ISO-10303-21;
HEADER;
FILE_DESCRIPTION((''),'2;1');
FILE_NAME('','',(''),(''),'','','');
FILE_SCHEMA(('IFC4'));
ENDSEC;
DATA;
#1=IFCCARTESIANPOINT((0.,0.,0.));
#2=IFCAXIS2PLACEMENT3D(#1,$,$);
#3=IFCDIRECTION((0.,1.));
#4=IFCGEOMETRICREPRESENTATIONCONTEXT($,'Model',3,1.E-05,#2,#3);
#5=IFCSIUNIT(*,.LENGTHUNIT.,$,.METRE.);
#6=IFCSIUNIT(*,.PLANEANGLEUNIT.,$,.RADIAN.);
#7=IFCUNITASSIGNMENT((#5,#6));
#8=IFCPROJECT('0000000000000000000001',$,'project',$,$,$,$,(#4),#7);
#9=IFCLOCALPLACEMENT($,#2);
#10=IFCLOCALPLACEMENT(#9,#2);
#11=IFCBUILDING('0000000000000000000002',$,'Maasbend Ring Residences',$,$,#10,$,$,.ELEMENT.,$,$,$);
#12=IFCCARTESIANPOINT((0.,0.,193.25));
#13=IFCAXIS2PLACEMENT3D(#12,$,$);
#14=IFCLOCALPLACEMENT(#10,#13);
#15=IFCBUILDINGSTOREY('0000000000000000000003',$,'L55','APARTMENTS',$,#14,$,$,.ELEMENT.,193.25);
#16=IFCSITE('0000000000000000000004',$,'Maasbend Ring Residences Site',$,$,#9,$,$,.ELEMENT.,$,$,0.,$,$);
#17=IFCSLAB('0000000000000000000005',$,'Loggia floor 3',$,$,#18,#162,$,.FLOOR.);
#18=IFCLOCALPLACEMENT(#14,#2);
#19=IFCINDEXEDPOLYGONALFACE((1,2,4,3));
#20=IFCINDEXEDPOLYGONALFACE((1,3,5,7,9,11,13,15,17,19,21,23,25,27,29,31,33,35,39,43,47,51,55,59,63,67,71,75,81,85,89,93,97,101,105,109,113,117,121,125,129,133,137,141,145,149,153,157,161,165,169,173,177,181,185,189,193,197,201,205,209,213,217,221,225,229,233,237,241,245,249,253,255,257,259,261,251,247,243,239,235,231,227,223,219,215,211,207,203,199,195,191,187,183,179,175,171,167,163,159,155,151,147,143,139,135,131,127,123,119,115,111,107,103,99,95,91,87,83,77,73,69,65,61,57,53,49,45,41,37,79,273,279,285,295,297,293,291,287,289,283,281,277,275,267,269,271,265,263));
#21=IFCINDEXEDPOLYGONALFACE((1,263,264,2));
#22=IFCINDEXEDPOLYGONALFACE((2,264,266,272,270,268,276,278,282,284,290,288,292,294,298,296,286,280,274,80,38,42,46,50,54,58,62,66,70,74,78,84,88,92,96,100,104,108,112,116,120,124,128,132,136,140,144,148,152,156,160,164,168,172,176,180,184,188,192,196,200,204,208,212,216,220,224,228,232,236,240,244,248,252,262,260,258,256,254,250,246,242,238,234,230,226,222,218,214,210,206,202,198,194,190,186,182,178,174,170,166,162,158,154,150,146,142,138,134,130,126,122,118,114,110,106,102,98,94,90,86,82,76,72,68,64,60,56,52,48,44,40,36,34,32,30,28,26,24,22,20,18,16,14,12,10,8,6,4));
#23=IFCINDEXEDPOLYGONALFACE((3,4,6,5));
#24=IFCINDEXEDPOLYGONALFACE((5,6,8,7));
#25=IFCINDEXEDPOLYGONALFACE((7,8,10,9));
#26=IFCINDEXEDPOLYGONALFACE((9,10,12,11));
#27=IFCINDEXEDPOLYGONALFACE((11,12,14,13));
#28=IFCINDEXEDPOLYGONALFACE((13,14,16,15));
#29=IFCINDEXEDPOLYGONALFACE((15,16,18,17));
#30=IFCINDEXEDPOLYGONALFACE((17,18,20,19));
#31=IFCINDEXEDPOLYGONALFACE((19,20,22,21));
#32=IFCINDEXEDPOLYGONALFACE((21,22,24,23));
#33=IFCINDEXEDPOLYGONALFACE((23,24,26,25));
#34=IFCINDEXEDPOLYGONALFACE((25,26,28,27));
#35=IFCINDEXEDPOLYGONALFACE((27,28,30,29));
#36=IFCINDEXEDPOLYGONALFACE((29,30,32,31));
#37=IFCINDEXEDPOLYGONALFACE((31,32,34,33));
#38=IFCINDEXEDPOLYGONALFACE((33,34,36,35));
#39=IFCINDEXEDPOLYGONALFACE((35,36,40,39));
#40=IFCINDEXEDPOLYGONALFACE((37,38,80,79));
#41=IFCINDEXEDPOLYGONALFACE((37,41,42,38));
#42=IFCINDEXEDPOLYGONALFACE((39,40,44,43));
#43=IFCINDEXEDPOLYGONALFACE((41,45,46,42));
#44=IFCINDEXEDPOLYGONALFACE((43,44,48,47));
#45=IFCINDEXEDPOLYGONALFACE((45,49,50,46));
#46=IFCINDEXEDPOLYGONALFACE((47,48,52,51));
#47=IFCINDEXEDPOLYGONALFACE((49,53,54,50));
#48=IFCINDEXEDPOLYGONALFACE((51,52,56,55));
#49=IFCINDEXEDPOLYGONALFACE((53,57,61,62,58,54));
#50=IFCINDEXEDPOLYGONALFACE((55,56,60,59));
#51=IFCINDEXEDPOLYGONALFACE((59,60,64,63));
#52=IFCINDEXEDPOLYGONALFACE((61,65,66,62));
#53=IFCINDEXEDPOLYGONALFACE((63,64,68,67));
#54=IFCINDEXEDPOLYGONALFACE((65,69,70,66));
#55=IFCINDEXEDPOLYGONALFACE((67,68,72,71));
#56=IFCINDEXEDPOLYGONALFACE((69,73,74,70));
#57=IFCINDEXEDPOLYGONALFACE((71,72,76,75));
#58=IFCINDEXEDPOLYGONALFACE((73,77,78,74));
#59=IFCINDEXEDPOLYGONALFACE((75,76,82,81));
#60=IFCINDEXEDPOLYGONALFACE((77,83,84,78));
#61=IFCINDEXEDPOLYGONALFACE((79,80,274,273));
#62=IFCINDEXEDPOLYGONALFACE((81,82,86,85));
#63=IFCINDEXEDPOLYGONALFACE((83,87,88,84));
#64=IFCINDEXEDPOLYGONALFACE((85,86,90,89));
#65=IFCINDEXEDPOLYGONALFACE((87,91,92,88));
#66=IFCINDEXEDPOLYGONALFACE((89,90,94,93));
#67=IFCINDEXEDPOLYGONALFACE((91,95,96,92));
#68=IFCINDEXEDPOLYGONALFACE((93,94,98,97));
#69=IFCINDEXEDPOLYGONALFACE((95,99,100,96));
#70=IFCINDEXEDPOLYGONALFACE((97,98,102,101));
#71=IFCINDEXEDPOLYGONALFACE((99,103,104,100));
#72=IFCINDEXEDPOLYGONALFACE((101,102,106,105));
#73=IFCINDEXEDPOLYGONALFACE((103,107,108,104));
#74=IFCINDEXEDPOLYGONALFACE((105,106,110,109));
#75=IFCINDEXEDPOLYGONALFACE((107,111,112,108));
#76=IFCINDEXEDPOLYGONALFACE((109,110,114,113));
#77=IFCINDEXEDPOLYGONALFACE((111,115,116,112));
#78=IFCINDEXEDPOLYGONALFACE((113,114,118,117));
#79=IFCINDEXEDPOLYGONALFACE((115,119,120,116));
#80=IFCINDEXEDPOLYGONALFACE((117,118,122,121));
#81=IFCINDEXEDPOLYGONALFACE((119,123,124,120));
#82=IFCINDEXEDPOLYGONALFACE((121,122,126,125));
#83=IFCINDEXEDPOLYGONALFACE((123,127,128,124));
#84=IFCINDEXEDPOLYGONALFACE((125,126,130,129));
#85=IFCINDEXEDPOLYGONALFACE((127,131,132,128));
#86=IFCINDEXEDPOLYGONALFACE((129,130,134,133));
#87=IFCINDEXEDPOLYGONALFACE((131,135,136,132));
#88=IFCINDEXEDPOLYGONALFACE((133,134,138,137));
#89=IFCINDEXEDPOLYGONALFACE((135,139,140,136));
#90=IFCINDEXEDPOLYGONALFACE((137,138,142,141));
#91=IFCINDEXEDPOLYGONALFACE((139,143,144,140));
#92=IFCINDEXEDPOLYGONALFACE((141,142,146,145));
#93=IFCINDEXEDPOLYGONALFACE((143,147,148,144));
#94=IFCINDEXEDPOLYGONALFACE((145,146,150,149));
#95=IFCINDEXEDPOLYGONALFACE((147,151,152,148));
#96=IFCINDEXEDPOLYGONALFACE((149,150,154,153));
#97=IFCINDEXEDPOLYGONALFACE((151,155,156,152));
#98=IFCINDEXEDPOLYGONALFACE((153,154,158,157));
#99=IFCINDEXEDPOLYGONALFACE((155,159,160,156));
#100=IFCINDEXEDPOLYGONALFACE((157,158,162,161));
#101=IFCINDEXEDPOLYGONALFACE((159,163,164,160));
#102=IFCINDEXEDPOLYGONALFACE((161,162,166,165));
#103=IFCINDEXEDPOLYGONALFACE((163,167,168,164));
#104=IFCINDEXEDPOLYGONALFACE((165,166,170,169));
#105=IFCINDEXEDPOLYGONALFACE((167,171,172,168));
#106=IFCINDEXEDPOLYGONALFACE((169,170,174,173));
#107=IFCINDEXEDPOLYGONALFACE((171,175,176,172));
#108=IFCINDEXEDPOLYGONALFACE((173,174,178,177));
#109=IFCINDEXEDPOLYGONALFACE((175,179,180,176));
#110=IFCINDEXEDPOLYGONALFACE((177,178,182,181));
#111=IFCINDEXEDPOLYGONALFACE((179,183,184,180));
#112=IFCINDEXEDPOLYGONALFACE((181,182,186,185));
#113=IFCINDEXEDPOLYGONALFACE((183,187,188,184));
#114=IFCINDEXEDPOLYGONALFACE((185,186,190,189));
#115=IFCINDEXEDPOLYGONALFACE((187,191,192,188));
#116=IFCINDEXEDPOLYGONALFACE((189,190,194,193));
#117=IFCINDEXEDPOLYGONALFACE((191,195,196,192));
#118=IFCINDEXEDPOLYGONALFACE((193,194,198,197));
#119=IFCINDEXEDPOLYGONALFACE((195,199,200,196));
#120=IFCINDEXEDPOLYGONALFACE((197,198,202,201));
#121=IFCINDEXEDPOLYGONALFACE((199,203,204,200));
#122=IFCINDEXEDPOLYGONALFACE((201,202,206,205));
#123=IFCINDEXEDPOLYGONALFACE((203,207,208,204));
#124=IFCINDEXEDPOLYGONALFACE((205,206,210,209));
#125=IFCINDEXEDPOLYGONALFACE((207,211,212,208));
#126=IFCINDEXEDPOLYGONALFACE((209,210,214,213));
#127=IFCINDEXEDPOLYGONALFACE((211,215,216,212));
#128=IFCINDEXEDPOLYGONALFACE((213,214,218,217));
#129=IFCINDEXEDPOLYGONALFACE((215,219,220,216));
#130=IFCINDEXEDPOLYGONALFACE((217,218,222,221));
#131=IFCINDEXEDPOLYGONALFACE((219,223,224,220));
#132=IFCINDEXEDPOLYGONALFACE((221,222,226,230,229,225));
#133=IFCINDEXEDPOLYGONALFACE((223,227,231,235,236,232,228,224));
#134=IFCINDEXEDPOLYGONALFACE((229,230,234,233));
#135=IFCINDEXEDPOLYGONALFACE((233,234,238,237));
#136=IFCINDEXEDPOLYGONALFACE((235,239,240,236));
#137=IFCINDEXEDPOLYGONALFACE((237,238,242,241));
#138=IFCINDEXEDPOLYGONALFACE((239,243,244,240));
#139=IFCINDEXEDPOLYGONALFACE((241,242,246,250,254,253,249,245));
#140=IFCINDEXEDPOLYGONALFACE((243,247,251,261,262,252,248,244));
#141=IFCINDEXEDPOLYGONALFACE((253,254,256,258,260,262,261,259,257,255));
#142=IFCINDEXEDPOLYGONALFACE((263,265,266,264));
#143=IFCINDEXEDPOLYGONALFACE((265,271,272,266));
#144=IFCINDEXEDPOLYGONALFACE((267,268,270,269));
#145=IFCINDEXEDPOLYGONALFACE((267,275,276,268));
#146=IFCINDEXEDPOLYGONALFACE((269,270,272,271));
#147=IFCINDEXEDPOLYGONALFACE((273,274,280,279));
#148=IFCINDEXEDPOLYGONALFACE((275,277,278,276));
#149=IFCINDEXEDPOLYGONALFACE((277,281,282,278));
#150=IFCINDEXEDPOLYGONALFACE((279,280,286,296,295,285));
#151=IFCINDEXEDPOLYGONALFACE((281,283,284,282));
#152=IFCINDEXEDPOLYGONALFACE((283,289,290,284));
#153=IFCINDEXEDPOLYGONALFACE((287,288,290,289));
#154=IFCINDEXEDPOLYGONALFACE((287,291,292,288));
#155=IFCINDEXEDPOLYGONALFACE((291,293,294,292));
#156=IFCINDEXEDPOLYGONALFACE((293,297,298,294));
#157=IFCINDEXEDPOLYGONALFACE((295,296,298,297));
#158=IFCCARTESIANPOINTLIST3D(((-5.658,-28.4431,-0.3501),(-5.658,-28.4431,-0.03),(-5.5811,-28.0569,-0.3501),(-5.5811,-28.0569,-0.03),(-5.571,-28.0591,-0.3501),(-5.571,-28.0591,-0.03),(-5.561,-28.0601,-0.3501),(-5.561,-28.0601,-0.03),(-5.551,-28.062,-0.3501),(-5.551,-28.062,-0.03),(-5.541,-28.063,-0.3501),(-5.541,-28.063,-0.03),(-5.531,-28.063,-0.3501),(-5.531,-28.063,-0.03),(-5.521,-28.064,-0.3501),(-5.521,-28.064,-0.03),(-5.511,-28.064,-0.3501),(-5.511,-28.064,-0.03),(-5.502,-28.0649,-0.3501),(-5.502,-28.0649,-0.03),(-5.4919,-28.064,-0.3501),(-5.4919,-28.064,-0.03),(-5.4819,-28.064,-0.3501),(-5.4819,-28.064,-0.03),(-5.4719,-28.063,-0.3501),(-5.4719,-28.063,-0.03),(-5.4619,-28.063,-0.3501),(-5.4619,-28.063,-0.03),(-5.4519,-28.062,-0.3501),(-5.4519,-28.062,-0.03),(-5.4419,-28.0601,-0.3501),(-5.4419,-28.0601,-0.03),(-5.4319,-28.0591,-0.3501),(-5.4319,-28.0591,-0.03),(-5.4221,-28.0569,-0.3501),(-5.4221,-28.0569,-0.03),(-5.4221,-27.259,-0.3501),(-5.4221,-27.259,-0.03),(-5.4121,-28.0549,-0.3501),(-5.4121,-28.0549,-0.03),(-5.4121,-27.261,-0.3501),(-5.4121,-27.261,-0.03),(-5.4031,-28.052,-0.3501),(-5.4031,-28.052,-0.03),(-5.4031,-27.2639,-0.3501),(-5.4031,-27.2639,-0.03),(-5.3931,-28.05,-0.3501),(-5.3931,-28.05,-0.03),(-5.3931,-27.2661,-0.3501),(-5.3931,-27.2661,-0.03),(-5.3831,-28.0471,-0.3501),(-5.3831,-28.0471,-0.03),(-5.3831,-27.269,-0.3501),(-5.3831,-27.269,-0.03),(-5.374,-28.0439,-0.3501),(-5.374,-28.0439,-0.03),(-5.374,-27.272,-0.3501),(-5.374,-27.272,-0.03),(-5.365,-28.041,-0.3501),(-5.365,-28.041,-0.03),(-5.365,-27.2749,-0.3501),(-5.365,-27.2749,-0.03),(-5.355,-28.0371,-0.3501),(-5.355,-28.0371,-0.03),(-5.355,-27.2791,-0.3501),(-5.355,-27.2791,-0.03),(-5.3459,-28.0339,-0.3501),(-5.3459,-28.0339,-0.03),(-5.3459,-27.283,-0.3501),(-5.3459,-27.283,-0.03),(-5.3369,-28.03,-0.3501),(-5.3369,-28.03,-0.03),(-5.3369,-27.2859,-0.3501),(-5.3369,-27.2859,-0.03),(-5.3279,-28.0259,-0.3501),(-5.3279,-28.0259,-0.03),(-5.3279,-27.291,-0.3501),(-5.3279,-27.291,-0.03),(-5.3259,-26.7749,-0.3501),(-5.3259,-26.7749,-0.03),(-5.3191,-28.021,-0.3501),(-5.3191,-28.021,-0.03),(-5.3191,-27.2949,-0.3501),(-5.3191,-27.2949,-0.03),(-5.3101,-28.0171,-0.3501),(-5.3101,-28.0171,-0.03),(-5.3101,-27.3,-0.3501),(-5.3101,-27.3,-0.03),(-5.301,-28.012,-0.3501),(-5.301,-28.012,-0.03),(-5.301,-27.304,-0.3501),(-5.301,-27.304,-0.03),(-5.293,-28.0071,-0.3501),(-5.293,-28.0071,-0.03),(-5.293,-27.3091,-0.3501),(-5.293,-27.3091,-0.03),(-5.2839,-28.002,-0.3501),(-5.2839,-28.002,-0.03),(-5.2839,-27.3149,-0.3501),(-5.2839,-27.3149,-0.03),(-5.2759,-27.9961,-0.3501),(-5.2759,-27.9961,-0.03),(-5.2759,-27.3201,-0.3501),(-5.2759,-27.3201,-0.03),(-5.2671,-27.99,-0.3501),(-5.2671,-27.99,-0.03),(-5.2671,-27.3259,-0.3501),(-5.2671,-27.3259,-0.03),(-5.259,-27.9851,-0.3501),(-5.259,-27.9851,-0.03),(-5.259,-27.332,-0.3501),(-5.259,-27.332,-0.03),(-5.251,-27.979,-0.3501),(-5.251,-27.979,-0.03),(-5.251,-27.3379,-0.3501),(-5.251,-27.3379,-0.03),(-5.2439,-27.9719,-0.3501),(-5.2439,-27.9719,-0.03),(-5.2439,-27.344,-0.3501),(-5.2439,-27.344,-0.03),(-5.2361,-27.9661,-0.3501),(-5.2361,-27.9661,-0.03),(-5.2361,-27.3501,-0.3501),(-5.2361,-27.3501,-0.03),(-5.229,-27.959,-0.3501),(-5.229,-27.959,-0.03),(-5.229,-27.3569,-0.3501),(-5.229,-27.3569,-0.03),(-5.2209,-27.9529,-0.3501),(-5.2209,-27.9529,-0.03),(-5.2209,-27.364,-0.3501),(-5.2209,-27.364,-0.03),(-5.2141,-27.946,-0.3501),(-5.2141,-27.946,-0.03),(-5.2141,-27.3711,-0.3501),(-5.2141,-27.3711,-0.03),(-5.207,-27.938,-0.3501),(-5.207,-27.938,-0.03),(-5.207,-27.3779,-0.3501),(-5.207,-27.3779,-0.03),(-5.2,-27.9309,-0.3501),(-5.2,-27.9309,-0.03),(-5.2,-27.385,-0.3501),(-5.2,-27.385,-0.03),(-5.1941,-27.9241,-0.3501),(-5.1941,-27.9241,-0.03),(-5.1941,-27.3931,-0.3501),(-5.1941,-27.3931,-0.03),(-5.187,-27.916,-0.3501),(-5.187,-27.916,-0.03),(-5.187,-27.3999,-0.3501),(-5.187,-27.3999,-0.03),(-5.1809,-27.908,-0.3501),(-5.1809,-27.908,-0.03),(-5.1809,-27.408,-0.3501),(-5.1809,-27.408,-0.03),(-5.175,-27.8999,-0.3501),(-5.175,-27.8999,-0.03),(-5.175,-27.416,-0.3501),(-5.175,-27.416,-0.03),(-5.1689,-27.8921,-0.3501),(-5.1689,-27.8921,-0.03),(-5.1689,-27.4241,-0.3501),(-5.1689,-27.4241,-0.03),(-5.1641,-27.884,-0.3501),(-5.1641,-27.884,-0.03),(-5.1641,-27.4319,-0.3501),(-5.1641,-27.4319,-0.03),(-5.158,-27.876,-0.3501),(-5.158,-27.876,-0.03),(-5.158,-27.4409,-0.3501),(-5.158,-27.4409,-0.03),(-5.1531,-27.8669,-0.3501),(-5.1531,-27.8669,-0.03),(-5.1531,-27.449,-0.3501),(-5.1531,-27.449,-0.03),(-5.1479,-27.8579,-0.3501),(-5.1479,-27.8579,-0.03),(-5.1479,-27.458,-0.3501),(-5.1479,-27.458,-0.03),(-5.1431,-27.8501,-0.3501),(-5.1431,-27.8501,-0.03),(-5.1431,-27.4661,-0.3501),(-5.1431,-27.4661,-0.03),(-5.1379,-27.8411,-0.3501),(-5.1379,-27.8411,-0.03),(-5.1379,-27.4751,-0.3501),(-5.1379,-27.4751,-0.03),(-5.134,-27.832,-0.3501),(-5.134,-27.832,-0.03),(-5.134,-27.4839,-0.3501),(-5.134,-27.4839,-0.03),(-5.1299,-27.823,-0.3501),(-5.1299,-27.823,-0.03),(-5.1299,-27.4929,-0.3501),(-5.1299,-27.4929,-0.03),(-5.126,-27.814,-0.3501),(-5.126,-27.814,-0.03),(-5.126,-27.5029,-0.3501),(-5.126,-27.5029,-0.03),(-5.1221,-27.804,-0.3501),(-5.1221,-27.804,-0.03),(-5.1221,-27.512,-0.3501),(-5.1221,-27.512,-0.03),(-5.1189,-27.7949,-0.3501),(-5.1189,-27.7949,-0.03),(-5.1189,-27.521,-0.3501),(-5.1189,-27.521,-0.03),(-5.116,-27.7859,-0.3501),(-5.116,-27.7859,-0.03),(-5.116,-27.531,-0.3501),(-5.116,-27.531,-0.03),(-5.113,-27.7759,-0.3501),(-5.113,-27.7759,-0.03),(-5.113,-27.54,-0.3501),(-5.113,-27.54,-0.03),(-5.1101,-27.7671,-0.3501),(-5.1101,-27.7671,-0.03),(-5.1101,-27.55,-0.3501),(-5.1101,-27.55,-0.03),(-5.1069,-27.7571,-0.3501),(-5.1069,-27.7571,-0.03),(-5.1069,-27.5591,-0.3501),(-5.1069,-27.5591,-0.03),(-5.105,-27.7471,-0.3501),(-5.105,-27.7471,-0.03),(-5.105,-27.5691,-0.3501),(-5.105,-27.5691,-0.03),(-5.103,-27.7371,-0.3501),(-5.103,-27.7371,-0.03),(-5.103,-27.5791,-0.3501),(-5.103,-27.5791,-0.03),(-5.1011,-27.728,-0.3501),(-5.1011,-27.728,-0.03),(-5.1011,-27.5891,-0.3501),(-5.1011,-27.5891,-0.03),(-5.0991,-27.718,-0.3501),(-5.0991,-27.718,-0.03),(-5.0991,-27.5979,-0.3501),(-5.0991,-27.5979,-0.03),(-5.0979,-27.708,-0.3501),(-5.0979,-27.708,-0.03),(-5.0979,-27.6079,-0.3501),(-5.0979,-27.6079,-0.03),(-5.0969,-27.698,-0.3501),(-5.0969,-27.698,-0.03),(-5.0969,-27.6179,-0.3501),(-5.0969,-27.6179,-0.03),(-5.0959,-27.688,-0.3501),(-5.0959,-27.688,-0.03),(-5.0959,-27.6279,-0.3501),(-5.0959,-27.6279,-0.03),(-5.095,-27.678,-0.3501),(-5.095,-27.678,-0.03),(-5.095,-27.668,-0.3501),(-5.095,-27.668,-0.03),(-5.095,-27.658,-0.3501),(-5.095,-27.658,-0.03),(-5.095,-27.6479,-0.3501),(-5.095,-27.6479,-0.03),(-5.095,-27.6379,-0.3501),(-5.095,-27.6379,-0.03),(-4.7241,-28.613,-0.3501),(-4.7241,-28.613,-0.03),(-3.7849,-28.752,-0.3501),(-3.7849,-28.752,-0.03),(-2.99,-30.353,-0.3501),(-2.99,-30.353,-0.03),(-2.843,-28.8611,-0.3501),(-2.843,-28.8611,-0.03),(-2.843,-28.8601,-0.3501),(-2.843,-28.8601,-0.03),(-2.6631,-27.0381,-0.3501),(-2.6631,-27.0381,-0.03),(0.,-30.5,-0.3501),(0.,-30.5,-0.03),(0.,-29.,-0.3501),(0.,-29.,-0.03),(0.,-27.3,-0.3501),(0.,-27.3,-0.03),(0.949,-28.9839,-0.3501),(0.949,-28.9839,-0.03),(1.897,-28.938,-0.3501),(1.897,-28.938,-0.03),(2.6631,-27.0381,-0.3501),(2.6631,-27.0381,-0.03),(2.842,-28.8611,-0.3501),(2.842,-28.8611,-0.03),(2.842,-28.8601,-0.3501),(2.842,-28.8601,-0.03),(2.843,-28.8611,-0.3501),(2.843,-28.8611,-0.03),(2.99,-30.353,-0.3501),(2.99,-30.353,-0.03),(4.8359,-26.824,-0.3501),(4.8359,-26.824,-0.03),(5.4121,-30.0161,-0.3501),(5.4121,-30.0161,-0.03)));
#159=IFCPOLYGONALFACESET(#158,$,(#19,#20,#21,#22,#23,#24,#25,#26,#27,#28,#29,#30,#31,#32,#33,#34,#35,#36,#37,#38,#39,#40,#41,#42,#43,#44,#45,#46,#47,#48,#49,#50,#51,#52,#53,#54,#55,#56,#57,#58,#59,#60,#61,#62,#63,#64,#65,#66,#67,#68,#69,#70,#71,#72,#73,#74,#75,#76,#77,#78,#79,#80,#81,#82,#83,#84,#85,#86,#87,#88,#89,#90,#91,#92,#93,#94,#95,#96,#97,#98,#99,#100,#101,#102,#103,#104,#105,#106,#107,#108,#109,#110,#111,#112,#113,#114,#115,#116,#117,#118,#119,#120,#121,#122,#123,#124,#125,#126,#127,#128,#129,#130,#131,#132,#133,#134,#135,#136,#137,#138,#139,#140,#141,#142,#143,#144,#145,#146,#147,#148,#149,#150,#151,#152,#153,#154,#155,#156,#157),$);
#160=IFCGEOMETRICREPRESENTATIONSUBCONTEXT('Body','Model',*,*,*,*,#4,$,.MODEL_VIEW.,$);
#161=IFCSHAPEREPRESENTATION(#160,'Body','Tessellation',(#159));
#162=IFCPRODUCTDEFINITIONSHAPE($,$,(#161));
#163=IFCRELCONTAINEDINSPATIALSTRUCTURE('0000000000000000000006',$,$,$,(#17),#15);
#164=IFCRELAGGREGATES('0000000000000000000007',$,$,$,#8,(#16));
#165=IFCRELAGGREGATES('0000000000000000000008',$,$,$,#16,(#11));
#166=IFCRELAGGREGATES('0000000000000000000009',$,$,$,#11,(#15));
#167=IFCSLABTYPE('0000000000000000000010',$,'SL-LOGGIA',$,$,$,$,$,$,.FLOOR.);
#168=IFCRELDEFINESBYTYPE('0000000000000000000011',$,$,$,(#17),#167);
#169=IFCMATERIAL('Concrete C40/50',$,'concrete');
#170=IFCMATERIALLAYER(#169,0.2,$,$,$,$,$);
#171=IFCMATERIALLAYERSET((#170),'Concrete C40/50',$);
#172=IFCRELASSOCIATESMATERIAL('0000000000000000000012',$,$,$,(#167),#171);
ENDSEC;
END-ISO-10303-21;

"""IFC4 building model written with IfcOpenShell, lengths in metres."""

from ifc_helpers import new_model, si_unit, direction, frame, origin, place, context, subcontext, project, spatial, polyline, outline, extrude, material, layer, layer_set, type_object, element, save


model = new_model("IFC4")

# Units and contexts
model_context = context("Model", 3, precision=1e-05, world=origin(), true_north=direction((0.0, 1.0)))
body_context = subcontext(model_context, "Body", "Model", "MODEL_VIEW")
ifc_project = project(units=[si_unit("LENGTHUNIT", "METRE"), si_unit("PLANEANGLEUNIT", "RADIAN")], contexts=[model_context])

# Site, building, storey
site_placement = place(None, origin())
site = spatial("IfcSite", under=ifc_project, at=site_placement, Name="Maasbend Ring Residences Site", CompositionType="ELEMENT", RefElevation=0.0)
building_placement = place(site_placement, origin())
building = spatial("IfcBuilding", under=site, at=building_placement, Name="Maasbend Ring Residences", CompositionType="ELEMENT")
storey_placement = place(building_placement, frame((0.0, 0.0, 193.25)))
storey = spatial("IfcBuildingStorey", under=building, at=storey_placement, Name="L55", Description="APARTMENTS", CompositionType="ELEMENT", Elevation=193.25)

# Slab
ifc_material_1 = material(Name="Concrete C40/50", Category="concrete")
ifc_layer_1 = layer(ifc_material_1, 0.2)
ifc_layer_set_1 = layer_set([ifc_layer_1], Name="Concrete C40/50")
slab_type = type_object("IfcSlabType", Name="SL-LOGGIA", PredefinedType="FLOOR", material=ifc_layer_set_1)
slab_1_placement = place(storey_placement, frame((0.0, 0.0, -0.3501)))
element("IfcSlab", 1, at=slab_1_placement, inside=storey, type_object=slab_type, Name="Loggia floor 3", PredefinedType="FLOOR", context=body_context, shape_type="SweptSolid", body=[
    extrude(outline(polyline([(-2.6631, -27.0381), (0.0, -27.3), (0.0, -27.3), (0.0, -27.3), (2.6631, -27.0381), (4.8359, -26.824), (4.8359, -26.824), (4.8359, -26.824), (5.4121, -30.0161), (5.4121, -30.0161), (5.4121, -30.0161), (2.99, -30.353), (2.99, -30.353), (2.99, -30.353), (2.843, -28.8611), (2.843, -28.8611), (2.843, -28.8611), (2.843, -28.8611), (2.842, -28.8611), (2.842, -28.8611), (2.842, -28.8611), (2.842, -28.8611), (2.842, -28.8611), (2.842, -28.8601), (2.842, -28.8601), (2.842, -28.8601), (2.842, -28.8601), (2.842, -28.8601), (2.842, -28.8601), (2.842, -28.8601), (2.842, -28.8601), (1.897, -28.938), (1.897, -28.938), (0.949, -28.9839), (0.949, -28.9839), (0.0, -29.0), (0.0, -29.0), (0.0, -29.0), (0.0, -29.0), (0.0, -29.0), (0.0, -29.0), (0.0, -29.0), (0.0, -29.0), (0.0, -29.0), (0.0, -29.0), (0.0, -29.0), (0.0, -29.0), (0.0, -29.0), (0.0, -29.0), (0.0, -29.0), (0.0, -29.0), (0.0, -29.0), (0.0, -30.5), (0.0, -30.5), (0.0, -30.5), (-2.99, -30.353), (-2.99, -30.353), (-2.99, -30.353), (-2.843, -28.8611), (-2.843, -28.8611), (-2.843, -28.8611), (-2.843, -28.8611), (-2.843, -28.8611), (-2.843, -28.8611), (-2.843, -28.8611), (-2.843, -28.8611), (-2.843, -28.8601), (-2.843, -28.8601), (-2.843, -28.8601), (-2.843, -28.8601), (-2.843, -28.8601), (-2.843, -28.8601), (-2.843, -28.8601), (-2.843, -28.8601), (-2.843, -28.8601), (-3.7849, -28.752), (-3.7849, -28.752), (-4.7241, -28.613), (-4.7241, -28.613), (-5.658, -28.4431), (-5.658, -28.4431), (-5.658, -28.4431), (-5.5811, -28.0569), (-5.5811, -28.0569), (-5.571, -28.0591), (-5.561, -28.0601), (-5.551, -28.062), (-5.541, -28.063), (-5.531, -28.063), (-5.521, -28.064), (-5.511, -28.064), (-5.502, -28.0649), (-5.4919, -28.064), (-5.4819, -28.064), (-5.4719, -28.063), (-5.4619, -28.063), (-5.4519, -28.062), (-5.4419, -28.0601), (-5.4319, -28.0591), (-5.4221, -28.0569), (-5.4121, -28.0549), (-5.4031, -28.052), (-5.3931, -28.05), (-5.3831, -28.0471), (-5.374, -28.0439), (-5.365, -28.041), (-5.355, -28.0371), (-5.3459, -28.0339), (-5.3369, -28.03), (-5.3279, -28.0259), (-5.3191, -28.021), (-5.3101, -28.0171), (-5.301, -28.012), (-5.293, -28.0071), (-5.2839, -28.002), (-5.2759, -27.9961), (-5.2671, -27.99), (-5.259, -27.9851), (-5.251, -27.979), (-5.2439, -27.9719), (-5.2361, -27.9661), (-5.229, -27.959), (-5.2209, -27.9529), (-5.2141, -27.946), (-5.207, -27.938), (-5.2, -27.9309), (-5.1941, -27.9241), (-5.187, -27.916), (-5.1809, -27.908), (-5.175, -27.8999), (-5.1689, -27.8921), (-5.1641, -27.884), (-5.158, -27.876), (-5.1531, -27.8669), (-5.1479, -27.8579), (-5.1431, -27.8501), (-5.1379, -27.8411), (-5.134, -27.832), (-5.1299, -27.823), (-5.126, -27.814), (-5.1221, -27.804), (-5.1189, -27.7949), (-5.116, -27.7859), (-5.113, -27.7759), (-5.1101, -27.7671), (-5.1069, -27.7571), (-5.105, -27.7471), (-5.103, -27.7371), (-5.1011, -27.728), (-5.0991, -27.718), (-5.0979, -27.708), (-5.0969, -27.698), (-5.0959, -27.688), (-5.095, -27.678), (-5.095, -27.668), (-5.095, -27.658), (-5.095, -27.6479), (-5.095, -27.6379), (-5.0959, -27.6279), (-5.0969, -27.6179), (-5.0979, -27.6079), (-5.0991, -27.5979), (-5.1011, -27.5891), (-5.103, -27.5791), (-5.105, -27.5691), (-5.1069, -27.5591), (-5.1101, -27.55), (-5.113, -27.54), (-5.116, -27.531), (-5.1189, -27.521), (-5.1221, -27.512), (-5.126, -27.5029), (-5.1299, -27.4929), (-5.134, -27.4839), (-5.1379, -27.4751), (-5.1431, -27.4661), (-5.1479, -27.458), (-5.1531, -27.449), (-5.158, -27.4409), (-5.1641, -27.4319), (-5.1689, -27.4241), (-5.175, -27.416), (-5.1809, -27.408), (-5.187, -27.3999), (-5.1941, -27.3931), (-5.2, -27.385), (-5.207, -27.3779), (-5.2141, -27.3711), (-5.2209, -27.364), (-5.229, -27.3569), (-5.2361, -27.3501), (-5.2439, -27.344), (-5.251, -27.3379), (-5.259, -27.332), (-5.2671, -27.3259), (-5.2759, -27.3201), (-5.2839, -27.3149), (-5.293, -27.3091), (-5.301, -27.304), (-5.3101, -27.3), (-5.3191, -27.2949), (-5.3279, -27.291), (-5.3369, -27.2859), (-5.3459, -27.283), (-5.355, -27.2791), (-5.365, -27.2749), (-5.374, -27.272), (-5.3831, -27.269), (-5.3931, -27.2661), (-5.4031, -27.2639), (-5.4121, -27.261), (-5.4221, -27.259), (-5.4221, -27.259), (-5.3259, -26.7749), (-5.3259, -26.7749), (-5.3259, -26.7749), (-2.6631, -27.0381)])), origin(), (0.0, 0.0, 1.0), 0.3201),
])

save(model, "model.ifc")
